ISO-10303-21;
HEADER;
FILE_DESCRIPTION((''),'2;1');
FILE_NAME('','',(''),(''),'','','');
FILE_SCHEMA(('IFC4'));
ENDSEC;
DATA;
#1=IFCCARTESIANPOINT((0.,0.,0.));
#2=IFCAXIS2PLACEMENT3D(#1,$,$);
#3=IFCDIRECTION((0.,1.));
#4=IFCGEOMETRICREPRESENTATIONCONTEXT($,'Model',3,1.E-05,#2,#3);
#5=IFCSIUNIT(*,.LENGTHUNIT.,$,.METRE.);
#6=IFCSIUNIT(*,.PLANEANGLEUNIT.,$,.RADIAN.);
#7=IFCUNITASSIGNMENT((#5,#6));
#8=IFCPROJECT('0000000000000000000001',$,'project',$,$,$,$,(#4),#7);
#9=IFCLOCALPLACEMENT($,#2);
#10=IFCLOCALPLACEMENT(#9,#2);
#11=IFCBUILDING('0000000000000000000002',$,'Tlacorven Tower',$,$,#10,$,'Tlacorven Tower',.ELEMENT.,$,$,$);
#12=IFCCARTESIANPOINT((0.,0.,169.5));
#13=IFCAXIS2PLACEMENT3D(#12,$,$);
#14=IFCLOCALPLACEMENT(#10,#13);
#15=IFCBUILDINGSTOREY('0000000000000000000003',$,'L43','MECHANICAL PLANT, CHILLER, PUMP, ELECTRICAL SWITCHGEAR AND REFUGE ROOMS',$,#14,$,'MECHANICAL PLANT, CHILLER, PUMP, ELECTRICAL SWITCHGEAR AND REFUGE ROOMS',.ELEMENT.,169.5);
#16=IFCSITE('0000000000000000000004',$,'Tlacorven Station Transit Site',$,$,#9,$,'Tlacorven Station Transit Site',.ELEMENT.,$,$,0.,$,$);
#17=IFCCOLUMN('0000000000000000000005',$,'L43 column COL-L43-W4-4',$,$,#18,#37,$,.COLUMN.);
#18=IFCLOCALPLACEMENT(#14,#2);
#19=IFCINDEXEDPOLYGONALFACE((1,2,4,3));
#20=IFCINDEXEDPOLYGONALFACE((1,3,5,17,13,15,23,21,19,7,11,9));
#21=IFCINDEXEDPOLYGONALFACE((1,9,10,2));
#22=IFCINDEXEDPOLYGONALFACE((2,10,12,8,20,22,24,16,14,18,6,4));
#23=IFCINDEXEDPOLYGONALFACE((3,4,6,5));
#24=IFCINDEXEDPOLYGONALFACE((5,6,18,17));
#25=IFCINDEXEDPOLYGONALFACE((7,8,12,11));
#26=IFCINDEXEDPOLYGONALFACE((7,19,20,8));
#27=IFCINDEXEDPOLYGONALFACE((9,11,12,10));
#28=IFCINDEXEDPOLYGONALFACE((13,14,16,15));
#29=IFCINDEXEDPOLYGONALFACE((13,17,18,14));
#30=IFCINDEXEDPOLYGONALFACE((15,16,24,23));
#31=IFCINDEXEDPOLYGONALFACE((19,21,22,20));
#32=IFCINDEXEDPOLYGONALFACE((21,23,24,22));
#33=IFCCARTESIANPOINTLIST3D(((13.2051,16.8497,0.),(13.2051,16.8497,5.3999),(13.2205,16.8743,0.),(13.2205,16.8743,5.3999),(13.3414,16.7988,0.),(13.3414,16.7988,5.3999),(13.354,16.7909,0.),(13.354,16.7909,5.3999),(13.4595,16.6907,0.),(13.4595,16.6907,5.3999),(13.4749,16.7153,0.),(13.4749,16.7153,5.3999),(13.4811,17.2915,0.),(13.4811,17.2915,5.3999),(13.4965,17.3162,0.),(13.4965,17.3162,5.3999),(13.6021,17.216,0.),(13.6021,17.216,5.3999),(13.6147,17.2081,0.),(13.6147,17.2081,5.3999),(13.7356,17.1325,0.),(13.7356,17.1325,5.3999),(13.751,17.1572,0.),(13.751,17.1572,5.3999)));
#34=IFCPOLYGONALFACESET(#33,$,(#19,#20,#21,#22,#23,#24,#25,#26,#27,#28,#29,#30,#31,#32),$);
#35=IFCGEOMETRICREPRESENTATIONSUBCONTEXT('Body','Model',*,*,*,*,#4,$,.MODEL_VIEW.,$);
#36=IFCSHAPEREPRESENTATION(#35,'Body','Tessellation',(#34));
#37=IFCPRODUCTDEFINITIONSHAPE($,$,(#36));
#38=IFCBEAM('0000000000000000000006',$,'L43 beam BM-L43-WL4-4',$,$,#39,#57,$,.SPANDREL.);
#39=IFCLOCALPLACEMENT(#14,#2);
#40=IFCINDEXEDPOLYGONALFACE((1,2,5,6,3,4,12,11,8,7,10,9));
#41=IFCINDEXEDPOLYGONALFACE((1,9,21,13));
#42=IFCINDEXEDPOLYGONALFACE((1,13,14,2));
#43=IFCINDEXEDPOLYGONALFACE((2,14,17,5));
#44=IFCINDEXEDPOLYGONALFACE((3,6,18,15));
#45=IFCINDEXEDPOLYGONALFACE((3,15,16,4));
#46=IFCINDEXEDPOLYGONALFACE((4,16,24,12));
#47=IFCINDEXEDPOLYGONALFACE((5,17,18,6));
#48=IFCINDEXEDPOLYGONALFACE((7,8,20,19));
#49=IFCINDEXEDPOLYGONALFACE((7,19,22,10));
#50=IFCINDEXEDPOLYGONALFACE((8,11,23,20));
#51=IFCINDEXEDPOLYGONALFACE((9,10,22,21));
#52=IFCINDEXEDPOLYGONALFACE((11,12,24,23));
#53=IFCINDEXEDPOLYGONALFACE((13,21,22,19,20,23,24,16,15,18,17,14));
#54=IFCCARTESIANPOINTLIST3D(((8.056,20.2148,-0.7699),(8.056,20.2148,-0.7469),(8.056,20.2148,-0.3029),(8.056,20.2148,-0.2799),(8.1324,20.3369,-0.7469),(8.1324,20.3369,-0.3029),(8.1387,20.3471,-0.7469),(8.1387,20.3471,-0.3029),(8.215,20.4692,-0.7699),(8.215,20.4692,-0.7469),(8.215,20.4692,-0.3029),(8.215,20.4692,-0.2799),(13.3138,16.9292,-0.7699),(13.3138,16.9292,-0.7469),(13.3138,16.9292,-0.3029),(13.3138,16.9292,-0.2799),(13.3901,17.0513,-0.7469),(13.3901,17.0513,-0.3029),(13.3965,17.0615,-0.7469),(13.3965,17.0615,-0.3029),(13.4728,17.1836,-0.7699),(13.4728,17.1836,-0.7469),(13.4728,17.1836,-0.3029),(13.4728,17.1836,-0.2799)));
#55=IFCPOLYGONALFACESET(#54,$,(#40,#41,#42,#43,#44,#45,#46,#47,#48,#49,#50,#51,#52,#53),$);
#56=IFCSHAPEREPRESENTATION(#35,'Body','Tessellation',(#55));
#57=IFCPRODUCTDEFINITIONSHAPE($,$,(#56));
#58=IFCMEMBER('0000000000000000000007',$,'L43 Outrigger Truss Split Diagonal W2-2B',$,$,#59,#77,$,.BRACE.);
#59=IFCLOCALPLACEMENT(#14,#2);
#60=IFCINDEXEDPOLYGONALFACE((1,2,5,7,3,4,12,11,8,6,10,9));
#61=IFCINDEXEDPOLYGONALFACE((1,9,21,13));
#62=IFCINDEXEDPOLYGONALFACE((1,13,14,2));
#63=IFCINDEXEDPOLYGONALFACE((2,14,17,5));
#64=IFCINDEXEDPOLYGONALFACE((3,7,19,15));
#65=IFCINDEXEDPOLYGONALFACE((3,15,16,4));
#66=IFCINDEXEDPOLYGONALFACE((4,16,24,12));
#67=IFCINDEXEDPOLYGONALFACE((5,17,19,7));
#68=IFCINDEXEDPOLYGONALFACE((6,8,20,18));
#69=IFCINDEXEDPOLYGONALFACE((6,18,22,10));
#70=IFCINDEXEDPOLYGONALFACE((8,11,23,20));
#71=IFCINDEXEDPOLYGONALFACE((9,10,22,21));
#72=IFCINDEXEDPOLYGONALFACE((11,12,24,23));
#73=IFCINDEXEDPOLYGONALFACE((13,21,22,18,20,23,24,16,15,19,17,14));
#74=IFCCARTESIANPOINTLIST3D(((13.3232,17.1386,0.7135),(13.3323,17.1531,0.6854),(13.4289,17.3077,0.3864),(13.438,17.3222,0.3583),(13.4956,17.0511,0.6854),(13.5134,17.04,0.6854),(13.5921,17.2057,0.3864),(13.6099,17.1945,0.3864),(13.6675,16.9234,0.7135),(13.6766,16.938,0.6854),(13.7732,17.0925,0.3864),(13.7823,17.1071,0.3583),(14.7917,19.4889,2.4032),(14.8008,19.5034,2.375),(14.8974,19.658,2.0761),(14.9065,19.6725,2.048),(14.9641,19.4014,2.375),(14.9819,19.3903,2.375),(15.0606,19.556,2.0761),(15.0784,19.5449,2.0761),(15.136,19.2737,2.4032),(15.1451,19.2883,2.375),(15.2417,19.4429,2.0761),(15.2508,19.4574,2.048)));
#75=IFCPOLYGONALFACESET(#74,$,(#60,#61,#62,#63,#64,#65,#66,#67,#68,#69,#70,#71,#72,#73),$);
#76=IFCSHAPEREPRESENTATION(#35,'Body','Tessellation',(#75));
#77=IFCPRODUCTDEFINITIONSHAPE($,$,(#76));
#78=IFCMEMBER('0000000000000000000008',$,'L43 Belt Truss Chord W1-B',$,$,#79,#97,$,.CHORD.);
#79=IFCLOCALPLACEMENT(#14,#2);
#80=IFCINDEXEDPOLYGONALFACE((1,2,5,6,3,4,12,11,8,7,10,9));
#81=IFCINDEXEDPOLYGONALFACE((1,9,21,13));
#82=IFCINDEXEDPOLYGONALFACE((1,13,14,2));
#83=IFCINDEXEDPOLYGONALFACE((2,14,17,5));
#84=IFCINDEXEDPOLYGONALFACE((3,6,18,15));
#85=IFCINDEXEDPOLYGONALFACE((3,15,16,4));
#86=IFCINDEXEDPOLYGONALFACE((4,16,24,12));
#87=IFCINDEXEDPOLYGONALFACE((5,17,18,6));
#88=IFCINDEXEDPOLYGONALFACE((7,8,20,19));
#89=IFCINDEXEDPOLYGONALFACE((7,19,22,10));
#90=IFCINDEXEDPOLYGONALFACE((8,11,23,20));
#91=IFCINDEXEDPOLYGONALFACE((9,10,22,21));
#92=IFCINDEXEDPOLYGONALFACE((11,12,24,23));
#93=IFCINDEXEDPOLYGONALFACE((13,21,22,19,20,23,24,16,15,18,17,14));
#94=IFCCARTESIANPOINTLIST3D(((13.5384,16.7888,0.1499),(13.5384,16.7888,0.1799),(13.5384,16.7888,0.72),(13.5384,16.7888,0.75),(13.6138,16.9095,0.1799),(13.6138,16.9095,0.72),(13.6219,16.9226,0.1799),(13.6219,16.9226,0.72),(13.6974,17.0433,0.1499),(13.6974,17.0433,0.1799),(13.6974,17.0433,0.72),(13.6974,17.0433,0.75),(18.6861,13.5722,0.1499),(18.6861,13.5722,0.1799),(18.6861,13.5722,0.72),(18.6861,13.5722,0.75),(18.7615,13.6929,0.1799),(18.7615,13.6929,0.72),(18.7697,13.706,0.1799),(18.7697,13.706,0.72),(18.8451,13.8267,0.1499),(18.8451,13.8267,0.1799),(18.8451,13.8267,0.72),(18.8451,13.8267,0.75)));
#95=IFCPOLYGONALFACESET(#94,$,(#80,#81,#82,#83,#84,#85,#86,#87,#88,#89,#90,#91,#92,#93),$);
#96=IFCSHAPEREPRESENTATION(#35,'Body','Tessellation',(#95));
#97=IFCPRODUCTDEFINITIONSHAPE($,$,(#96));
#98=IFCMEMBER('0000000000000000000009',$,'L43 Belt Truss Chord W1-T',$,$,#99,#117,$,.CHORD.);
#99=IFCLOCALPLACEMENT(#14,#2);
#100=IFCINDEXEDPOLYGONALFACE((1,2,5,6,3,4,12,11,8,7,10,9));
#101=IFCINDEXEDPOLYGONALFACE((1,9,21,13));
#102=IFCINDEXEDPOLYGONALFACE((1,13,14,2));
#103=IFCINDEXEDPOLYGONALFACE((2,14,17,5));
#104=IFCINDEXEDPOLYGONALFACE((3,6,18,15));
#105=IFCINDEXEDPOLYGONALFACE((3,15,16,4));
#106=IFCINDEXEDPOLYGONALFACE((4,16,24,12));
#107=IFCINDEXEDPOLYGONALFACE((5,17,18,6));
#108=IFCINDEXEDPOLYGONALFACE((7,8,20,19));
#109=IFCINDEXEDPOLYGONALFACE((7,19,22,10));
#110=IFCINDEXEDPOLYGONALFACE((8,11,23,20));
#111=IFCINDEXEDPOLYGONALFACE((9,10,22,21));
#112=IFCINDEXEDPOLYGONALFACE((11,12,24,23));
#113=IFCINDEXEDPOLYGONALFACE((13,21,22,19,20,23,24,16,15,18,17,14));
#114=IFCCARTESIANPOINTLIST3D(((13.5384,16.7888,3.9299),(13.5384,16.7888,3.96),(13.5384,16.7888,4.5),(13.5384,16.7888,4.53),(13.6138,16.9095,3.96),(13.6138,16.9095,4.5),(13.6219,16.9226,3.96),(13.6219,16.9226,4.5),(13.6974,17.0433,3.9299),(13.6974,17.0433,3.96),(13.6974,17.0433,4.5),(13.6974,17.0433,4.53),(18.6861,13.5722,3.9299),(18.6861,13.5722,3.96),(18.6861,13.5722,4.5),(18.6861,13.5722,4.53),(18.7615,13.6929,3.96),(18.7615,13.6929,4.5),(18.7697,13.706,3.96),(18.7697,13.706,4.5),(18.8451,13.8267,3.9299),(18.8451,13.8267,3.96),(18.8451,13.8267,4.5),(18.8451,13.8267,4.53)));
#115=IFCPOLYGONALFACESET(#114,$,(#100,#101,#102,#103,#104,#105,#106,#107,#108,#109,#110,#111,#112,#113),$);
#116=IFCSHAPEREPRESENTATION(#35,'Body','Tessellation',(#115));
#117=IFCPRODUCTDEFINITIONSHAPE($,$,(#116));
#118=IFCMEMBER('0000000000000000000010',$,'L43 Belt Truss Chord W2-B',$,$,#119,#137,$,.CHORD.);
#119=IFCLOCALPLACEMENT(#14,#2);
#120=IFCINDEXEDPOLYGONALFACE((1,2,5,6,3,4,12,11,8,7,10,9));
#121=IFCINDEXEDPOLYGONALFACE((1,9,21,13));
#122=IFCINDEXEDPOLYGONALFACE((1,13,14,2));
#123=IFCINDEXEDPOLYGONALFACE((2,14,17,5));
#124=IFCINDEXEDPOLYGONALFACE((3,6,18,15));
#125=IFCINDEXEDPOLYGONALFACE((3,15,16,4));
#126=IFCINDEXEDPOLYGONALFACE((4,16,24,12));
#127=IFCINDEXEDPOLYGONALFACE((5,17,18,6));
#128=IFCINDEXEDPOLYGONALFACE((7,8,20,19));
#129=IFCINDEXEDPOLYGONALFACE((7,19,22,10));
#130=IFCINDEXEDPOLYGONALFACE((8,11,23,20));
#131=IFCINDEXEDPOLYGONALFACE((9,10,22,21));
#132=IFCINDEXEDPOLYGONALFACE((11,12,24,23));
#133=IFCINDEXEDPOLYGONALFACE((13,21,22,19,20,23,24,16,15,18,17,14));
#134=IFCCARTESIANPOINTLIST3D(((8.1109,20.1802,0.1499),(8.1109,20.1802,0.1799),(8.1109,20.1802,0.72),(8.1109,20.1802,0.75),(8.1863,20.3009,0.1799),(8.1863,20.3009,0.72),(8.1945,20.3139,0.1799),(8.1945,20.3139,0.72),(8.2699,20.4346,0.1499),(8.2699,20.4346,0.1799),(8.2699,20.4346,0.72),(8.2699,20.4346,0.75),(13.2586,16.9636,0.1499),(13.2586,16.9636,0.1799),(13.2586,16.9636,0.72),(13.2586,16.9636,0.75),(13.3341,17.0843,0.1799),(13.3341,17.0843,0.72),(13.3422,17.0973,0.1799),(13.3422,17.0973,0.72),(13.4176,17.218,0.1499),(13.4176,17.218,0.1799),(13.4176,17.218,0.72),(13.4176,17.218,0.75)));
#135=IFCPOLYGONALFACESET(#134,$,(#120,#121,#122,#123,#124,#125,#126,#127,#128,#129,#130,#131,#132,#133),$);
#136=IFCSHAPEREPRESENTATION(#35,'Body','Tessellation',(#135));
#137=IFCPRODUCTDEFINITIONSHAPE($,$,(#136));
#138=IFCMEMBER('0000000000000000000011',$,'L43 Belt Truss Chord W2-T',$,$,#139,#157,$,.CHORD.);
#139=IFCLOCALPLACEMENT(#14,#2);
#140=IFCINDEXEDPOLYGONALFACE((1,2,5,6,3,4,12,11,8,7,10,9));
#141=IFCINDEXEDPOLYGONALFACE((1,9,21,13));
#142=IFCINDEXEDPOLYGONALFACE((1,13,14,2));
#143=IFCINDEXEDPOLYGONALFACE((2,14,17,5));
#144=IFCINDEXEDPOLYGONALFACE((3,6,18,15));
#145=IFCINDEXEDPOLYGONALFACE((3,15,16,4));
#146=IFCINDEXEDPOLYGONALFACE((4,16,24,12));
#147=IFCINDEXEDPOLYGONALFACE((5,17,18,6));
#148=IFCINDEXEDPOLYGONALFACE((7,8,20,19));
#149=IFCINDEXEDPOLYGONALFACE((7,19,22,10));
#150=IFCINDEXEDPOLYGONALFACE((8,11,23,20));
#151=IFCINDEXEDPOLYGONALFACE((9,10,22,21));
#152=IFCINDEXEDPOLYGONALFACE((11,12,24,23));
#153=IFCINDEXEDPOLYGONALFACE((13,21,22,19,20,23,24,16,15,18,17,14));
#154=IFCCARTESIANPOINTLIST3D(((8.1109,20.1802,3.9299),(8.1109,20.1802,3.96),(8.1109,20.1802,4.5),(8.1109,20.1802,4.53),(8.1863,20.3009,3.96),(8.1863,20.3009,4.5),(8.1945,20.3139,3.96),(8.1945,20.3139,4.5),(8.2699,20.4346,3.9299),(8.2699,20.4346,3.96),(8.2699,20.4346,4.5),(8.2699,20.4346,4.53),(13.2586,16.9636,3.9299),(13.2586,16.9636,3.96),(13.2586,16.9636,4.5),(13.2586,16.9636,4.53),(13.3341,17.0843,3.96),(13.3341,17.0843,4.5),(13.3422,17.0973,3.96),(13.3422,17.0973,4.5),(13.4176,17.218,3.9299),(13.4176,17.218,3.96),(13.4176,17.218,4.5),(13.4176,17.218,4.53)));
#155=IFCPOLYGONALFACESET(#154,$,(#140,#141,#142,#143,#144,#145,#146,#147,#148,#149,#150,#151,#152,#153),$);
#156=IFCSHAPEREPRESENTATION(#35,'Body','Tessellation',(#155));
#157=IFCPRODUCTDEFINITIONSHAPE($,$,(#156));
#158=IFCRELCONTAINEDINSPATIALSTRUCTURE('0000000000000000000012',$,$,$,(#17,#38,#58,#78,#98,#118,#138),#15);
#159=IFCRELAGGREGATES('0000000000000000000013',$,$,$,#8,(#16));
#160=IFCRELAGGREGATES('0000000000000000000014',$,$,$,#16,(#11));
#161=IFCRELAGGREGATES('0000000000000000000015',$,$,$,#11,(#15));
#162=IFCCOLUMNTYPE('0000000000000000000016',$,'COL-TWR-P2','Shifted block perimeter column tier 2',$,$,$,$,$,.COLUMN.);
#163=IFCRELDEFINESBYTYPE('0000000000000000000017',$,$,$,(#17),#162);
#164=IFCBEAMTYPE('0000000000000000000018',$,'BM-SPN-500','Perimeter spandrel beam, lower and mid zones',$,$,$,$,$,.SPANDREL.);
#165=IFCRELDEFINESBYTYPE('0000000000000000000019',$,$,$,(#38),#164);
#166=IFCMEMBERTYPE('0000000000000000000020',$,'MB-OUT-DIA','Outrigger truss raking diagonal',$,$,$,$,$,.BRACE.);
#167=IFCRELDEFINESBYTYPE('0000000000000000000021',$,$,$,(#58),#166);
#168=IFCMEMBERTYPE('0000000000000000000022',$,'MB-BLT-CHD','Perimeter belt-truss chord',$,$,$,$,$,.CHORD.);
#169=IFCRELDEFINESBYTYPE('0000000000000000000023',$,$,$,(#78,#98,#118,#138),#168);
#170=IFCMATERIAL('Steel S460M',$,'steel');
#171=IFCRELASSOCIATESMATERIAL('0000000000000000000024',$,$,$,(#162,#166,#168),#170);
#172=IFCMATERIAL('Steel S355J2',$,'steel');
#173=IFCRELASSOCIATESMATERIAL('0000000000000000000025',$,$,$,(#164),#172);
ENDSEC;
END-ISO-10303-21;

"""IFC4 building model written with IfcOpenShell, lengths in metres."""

from ifc_helpers import new_model, si_unit, direction, frame, origin, origin_2d, place, context, subcontext, project, spatial, i_section, extrude, source, transform, mapped, material, material_profile, profile_set, type_object, element, save


model = new_model("IFC4")

# Units and contexts
model_context = context("Model", 3, precision=1e-05, world=origin(), true_north=direction((0.0, 1.0)))
body_context = subcontext(model_context, "Body", "Model", "MODEL_VIEW")
ifc_project = project(units=[si_unit("LENGTHUNIT", "METRE"), si_unit("PLANEANGLEUNIT", "RADIAN")], contexts=[model_context])

# Site, building, storey
site_placement = place(None, origin())
site = spatial("IfcSite", under=ifc_project, at=site_placement, Name="Tlacorven Station Transit Site", LongName="Tlacorven Station Transit Site", CompositionType="ELEMENT", RefElevation=0.0)
building_placement = place(site_placement, origin())
building = spatial("IfcBuilding", under=site, at=building_placement, Name="Tlacorven Tower", LongName="Tlacorven Tower", CompositionType="ELEMENT")
storey_placement = place(building_placement, frame((0.0, 0.0, 169.5)))
storey = spatial("IfcBuildingStorey", under=building, at=storey_placement, Name="L43", Description="MECHANICAL PLANT, CHILLER, PUMP, ELECTRICAL SWITCHGEAR AND REFUGE ROOMS", LongName="MECHANICAL PLANT, CHILLER, PUMP, ELECTRICAL SWITCHGEAR AND REFUGE ROOMS", CompositionType="ELEMENT", Elevation=169.5)

# Column
ifc_material_1 = material(Name="Steel S460M", Category="steel")
ifc_material_profile_1 = material_profile(ifc_material_1, i_section(OverallWidth=0.3, OverallDepth=0.55, WebThickness=0.0149, FlangeThickness=0.0291, at=origin_2d()), Name="HEB 550")
ifc_profile_set_1 = profile_set([ifc_material_profile_1], Name="Steel S460M")
column_type = type_object("IfcColumnType", Name="COL-TWR-P2", Description="Shifted block perimeter column tier 2", PredefinedType="COLUMN", material=ifc_profile_set_1)
shared_shape_1 = source(origin(), body_context, "Body", "SweptSolid", [
    extrude(i_section(OverallWidth=0.3, OverallDepth=0.55, WebThickness=0.0149, FlangeThickness=0.0291, at=origin_2d()), origin(), (0.0, 0.0, 1.0), 5.3999),
])
column_placement = place(storey_placement, frame((13.478, 17.0034, 0.0), z_axis=(0.0, 0.0, 1.0), x_axis=(-0.848048, 0.529919, 0.0)))
element("IfcColumn", 1, at=column_placement, inside=storey, type_object=column_type, Name="L43 column COL-L43-W4-4", PredefinedType="COLUMN", context=body_context, shape_type="MappedRepresentation", body=[
    mapped(shared_shape_1, transform((0.0, 0.0, 0.0), scale=1.0)),
])

# Beam
ifc_material_2 = material(Name="Steel S355J2", Category="steel")
ifc_material_profile_2 = material_profile(ifc_material_2, i_section(OverallWidth=0.3, OverallDepth=0.49, WebThickness=0.012, FlangeThickness=0.0229, at=origin_2d()), Name="HEA 500")
ifc_profile_set_2 = profile_set([ifc_material_profile_2], Name="Steel S355J2")
beam_type = type_object("IfcBeamType", Name="BM-SPN-500", Description="Perimeter spandrel beam, lower and mid zones", PredefinedType="SPANDREL", material=ifc_profile_set_2)
shared_shape_2 = source(origin(), body_context, "Body", "SweptSolid", [
    extrude(i_section(OverallWidth=0.3, OverallDepth=0.49, WebThickness=0.012, FlangeThickness=0.0229, at=origin_2d()), origin(), (0.0, 0.0, 1.0), 6.2),
])
beam_placement = place(storey_placement, frame((13.3933, 17.0564, -0.5249), z_axis=(-0.848034, 0.529942, 0.0), x_axis=(-0.529942, -0.848034, 0.0)))
element("IfcBeam", 2, at=beam_placement, inside=storey, type_object=beam_type, Name="L43 beam BM-L43-WL4-4", PredefinedType="SPANDREL", context=body_context, shape_type="MappedRepresentation", body=[
    mapped(shared_shape_2, transform((0.0, 0.0, 0.0), scale=1.0)),
])

# Members
ifc_material_profile_3 = material_profile(ifc_material_1, i_section(OverallWidth=0.406, OverallDepth=0.416, WebThickness=0.021, FlangeThickness=0.033, at=origin_2d()), Name="HD 400X382")
ifc_profile_set_3 = profile_set([ifc_material_profile_3], Name="Steel S460M")
member_type_1 = type_object("IfcMemberType", Name="MB-OUT-DIA", Description="Outrigger truss raking diagonal", PredefinedType="BRACE", material=ifc_profile_set_3)
shared_shape_3 = source(origin(), body_context, "Body", "SweptSolid", [
    extrude(i_section(OverallWidth=0.406, OverallDepth=0.416, WebThickness=0.021, FlangeThickness=0.033, at=origin_2d()), origin(), (0.0, 0.0, 1.0), 3.2458),
])
member_1_placement = place(storey_placement, frame((15.0212, 19.4731, 2.2256), z_axis=(-0.452422, -0.724102, -0.520568), x_axis=(0.848073, -0.52988, 0.0)))
element("IfcMember", 3, at=member_1_placement, inside=storey, type_object=member_type_1, Name="L43 Outrigger Truss Split Diagonal W2-2B", PredefinedType="BRACE", context=body_context, shape_type="MappedRepresentation", body=[
    mapped(shared_shape_3, transform((0.0, 0.0, 0.0), scale=1.0)),
])
ifc_material_profile_4 = material_profile(ifc_material_1, i_section(OverallWidth=0.3, OverallDepth=0.6001, WebThickness=0.0154, FlangeThickness=0.03, at=origin_2d()), Name="HEB 600")
ifc_profile_set_4 = profile_set([ifc_material_profile_4], Name="Steel S460M")
member_type_2 = type_object("IfcMemberType", Name="MB-BLT-CHD", Description="Perimeter belt-truss chord", PredefinedType="CHORD", material=ifc_profile_set_4)
shared_shape_4 = source(origin(), body_context, "Body", "SweptSolid", [
    extrude(i_section(OverallWidth=0.3, OverallDepth=0.6001, WebThickness=0.0154, FlangeThickness=0.03, at=origin_2d()), origin(), (0.0, 0.0, 1.0), 6.0701),
])
for number, where, z_axis, x_axis, name in (
    (4, (18.7656, 13.6995, 0.45), (-0.848055, 0.529909, 0.0), (-0.529909, -0.848055, 0.0), "L43 Belt Truss Chord W1-B"),
    (5, (18.7656, 13.6995, 4.23), (-0.848055, 0.529909, 0.0), (-0.529909, -0.848055, 0.0), "L43 Belt Truss Chord W1-T"),
    (6, (13.3381, 17.0908, 0.45), (-0.848055, 0.529909, 0.0), (-0.529909, -0.848055, 0.0), "L43 Belt Truss Chord W2-B"),
    (7, (13.3381, 17.0908, 4.23), (-0.848055, 0.529909, 0.0), (-0.529909, -0.848055, 0.0), "L43 Belt Truss Chord W2-T"),
):
    element("IfcMember", number, at=place(storey_placement, frame(where, z_axis=z_axis, x_axis=x_axis)), inside=storey, type_object=member_type_2, Name=name, PredefinedType="CHORD", context=body_context, shape_type="MappedRepresentation", body=[
        mapped(shared_shape_4, transform((0.0, 0.0, 0.0), scale=1.0)),
    ])

save(model, "model.ifc")
